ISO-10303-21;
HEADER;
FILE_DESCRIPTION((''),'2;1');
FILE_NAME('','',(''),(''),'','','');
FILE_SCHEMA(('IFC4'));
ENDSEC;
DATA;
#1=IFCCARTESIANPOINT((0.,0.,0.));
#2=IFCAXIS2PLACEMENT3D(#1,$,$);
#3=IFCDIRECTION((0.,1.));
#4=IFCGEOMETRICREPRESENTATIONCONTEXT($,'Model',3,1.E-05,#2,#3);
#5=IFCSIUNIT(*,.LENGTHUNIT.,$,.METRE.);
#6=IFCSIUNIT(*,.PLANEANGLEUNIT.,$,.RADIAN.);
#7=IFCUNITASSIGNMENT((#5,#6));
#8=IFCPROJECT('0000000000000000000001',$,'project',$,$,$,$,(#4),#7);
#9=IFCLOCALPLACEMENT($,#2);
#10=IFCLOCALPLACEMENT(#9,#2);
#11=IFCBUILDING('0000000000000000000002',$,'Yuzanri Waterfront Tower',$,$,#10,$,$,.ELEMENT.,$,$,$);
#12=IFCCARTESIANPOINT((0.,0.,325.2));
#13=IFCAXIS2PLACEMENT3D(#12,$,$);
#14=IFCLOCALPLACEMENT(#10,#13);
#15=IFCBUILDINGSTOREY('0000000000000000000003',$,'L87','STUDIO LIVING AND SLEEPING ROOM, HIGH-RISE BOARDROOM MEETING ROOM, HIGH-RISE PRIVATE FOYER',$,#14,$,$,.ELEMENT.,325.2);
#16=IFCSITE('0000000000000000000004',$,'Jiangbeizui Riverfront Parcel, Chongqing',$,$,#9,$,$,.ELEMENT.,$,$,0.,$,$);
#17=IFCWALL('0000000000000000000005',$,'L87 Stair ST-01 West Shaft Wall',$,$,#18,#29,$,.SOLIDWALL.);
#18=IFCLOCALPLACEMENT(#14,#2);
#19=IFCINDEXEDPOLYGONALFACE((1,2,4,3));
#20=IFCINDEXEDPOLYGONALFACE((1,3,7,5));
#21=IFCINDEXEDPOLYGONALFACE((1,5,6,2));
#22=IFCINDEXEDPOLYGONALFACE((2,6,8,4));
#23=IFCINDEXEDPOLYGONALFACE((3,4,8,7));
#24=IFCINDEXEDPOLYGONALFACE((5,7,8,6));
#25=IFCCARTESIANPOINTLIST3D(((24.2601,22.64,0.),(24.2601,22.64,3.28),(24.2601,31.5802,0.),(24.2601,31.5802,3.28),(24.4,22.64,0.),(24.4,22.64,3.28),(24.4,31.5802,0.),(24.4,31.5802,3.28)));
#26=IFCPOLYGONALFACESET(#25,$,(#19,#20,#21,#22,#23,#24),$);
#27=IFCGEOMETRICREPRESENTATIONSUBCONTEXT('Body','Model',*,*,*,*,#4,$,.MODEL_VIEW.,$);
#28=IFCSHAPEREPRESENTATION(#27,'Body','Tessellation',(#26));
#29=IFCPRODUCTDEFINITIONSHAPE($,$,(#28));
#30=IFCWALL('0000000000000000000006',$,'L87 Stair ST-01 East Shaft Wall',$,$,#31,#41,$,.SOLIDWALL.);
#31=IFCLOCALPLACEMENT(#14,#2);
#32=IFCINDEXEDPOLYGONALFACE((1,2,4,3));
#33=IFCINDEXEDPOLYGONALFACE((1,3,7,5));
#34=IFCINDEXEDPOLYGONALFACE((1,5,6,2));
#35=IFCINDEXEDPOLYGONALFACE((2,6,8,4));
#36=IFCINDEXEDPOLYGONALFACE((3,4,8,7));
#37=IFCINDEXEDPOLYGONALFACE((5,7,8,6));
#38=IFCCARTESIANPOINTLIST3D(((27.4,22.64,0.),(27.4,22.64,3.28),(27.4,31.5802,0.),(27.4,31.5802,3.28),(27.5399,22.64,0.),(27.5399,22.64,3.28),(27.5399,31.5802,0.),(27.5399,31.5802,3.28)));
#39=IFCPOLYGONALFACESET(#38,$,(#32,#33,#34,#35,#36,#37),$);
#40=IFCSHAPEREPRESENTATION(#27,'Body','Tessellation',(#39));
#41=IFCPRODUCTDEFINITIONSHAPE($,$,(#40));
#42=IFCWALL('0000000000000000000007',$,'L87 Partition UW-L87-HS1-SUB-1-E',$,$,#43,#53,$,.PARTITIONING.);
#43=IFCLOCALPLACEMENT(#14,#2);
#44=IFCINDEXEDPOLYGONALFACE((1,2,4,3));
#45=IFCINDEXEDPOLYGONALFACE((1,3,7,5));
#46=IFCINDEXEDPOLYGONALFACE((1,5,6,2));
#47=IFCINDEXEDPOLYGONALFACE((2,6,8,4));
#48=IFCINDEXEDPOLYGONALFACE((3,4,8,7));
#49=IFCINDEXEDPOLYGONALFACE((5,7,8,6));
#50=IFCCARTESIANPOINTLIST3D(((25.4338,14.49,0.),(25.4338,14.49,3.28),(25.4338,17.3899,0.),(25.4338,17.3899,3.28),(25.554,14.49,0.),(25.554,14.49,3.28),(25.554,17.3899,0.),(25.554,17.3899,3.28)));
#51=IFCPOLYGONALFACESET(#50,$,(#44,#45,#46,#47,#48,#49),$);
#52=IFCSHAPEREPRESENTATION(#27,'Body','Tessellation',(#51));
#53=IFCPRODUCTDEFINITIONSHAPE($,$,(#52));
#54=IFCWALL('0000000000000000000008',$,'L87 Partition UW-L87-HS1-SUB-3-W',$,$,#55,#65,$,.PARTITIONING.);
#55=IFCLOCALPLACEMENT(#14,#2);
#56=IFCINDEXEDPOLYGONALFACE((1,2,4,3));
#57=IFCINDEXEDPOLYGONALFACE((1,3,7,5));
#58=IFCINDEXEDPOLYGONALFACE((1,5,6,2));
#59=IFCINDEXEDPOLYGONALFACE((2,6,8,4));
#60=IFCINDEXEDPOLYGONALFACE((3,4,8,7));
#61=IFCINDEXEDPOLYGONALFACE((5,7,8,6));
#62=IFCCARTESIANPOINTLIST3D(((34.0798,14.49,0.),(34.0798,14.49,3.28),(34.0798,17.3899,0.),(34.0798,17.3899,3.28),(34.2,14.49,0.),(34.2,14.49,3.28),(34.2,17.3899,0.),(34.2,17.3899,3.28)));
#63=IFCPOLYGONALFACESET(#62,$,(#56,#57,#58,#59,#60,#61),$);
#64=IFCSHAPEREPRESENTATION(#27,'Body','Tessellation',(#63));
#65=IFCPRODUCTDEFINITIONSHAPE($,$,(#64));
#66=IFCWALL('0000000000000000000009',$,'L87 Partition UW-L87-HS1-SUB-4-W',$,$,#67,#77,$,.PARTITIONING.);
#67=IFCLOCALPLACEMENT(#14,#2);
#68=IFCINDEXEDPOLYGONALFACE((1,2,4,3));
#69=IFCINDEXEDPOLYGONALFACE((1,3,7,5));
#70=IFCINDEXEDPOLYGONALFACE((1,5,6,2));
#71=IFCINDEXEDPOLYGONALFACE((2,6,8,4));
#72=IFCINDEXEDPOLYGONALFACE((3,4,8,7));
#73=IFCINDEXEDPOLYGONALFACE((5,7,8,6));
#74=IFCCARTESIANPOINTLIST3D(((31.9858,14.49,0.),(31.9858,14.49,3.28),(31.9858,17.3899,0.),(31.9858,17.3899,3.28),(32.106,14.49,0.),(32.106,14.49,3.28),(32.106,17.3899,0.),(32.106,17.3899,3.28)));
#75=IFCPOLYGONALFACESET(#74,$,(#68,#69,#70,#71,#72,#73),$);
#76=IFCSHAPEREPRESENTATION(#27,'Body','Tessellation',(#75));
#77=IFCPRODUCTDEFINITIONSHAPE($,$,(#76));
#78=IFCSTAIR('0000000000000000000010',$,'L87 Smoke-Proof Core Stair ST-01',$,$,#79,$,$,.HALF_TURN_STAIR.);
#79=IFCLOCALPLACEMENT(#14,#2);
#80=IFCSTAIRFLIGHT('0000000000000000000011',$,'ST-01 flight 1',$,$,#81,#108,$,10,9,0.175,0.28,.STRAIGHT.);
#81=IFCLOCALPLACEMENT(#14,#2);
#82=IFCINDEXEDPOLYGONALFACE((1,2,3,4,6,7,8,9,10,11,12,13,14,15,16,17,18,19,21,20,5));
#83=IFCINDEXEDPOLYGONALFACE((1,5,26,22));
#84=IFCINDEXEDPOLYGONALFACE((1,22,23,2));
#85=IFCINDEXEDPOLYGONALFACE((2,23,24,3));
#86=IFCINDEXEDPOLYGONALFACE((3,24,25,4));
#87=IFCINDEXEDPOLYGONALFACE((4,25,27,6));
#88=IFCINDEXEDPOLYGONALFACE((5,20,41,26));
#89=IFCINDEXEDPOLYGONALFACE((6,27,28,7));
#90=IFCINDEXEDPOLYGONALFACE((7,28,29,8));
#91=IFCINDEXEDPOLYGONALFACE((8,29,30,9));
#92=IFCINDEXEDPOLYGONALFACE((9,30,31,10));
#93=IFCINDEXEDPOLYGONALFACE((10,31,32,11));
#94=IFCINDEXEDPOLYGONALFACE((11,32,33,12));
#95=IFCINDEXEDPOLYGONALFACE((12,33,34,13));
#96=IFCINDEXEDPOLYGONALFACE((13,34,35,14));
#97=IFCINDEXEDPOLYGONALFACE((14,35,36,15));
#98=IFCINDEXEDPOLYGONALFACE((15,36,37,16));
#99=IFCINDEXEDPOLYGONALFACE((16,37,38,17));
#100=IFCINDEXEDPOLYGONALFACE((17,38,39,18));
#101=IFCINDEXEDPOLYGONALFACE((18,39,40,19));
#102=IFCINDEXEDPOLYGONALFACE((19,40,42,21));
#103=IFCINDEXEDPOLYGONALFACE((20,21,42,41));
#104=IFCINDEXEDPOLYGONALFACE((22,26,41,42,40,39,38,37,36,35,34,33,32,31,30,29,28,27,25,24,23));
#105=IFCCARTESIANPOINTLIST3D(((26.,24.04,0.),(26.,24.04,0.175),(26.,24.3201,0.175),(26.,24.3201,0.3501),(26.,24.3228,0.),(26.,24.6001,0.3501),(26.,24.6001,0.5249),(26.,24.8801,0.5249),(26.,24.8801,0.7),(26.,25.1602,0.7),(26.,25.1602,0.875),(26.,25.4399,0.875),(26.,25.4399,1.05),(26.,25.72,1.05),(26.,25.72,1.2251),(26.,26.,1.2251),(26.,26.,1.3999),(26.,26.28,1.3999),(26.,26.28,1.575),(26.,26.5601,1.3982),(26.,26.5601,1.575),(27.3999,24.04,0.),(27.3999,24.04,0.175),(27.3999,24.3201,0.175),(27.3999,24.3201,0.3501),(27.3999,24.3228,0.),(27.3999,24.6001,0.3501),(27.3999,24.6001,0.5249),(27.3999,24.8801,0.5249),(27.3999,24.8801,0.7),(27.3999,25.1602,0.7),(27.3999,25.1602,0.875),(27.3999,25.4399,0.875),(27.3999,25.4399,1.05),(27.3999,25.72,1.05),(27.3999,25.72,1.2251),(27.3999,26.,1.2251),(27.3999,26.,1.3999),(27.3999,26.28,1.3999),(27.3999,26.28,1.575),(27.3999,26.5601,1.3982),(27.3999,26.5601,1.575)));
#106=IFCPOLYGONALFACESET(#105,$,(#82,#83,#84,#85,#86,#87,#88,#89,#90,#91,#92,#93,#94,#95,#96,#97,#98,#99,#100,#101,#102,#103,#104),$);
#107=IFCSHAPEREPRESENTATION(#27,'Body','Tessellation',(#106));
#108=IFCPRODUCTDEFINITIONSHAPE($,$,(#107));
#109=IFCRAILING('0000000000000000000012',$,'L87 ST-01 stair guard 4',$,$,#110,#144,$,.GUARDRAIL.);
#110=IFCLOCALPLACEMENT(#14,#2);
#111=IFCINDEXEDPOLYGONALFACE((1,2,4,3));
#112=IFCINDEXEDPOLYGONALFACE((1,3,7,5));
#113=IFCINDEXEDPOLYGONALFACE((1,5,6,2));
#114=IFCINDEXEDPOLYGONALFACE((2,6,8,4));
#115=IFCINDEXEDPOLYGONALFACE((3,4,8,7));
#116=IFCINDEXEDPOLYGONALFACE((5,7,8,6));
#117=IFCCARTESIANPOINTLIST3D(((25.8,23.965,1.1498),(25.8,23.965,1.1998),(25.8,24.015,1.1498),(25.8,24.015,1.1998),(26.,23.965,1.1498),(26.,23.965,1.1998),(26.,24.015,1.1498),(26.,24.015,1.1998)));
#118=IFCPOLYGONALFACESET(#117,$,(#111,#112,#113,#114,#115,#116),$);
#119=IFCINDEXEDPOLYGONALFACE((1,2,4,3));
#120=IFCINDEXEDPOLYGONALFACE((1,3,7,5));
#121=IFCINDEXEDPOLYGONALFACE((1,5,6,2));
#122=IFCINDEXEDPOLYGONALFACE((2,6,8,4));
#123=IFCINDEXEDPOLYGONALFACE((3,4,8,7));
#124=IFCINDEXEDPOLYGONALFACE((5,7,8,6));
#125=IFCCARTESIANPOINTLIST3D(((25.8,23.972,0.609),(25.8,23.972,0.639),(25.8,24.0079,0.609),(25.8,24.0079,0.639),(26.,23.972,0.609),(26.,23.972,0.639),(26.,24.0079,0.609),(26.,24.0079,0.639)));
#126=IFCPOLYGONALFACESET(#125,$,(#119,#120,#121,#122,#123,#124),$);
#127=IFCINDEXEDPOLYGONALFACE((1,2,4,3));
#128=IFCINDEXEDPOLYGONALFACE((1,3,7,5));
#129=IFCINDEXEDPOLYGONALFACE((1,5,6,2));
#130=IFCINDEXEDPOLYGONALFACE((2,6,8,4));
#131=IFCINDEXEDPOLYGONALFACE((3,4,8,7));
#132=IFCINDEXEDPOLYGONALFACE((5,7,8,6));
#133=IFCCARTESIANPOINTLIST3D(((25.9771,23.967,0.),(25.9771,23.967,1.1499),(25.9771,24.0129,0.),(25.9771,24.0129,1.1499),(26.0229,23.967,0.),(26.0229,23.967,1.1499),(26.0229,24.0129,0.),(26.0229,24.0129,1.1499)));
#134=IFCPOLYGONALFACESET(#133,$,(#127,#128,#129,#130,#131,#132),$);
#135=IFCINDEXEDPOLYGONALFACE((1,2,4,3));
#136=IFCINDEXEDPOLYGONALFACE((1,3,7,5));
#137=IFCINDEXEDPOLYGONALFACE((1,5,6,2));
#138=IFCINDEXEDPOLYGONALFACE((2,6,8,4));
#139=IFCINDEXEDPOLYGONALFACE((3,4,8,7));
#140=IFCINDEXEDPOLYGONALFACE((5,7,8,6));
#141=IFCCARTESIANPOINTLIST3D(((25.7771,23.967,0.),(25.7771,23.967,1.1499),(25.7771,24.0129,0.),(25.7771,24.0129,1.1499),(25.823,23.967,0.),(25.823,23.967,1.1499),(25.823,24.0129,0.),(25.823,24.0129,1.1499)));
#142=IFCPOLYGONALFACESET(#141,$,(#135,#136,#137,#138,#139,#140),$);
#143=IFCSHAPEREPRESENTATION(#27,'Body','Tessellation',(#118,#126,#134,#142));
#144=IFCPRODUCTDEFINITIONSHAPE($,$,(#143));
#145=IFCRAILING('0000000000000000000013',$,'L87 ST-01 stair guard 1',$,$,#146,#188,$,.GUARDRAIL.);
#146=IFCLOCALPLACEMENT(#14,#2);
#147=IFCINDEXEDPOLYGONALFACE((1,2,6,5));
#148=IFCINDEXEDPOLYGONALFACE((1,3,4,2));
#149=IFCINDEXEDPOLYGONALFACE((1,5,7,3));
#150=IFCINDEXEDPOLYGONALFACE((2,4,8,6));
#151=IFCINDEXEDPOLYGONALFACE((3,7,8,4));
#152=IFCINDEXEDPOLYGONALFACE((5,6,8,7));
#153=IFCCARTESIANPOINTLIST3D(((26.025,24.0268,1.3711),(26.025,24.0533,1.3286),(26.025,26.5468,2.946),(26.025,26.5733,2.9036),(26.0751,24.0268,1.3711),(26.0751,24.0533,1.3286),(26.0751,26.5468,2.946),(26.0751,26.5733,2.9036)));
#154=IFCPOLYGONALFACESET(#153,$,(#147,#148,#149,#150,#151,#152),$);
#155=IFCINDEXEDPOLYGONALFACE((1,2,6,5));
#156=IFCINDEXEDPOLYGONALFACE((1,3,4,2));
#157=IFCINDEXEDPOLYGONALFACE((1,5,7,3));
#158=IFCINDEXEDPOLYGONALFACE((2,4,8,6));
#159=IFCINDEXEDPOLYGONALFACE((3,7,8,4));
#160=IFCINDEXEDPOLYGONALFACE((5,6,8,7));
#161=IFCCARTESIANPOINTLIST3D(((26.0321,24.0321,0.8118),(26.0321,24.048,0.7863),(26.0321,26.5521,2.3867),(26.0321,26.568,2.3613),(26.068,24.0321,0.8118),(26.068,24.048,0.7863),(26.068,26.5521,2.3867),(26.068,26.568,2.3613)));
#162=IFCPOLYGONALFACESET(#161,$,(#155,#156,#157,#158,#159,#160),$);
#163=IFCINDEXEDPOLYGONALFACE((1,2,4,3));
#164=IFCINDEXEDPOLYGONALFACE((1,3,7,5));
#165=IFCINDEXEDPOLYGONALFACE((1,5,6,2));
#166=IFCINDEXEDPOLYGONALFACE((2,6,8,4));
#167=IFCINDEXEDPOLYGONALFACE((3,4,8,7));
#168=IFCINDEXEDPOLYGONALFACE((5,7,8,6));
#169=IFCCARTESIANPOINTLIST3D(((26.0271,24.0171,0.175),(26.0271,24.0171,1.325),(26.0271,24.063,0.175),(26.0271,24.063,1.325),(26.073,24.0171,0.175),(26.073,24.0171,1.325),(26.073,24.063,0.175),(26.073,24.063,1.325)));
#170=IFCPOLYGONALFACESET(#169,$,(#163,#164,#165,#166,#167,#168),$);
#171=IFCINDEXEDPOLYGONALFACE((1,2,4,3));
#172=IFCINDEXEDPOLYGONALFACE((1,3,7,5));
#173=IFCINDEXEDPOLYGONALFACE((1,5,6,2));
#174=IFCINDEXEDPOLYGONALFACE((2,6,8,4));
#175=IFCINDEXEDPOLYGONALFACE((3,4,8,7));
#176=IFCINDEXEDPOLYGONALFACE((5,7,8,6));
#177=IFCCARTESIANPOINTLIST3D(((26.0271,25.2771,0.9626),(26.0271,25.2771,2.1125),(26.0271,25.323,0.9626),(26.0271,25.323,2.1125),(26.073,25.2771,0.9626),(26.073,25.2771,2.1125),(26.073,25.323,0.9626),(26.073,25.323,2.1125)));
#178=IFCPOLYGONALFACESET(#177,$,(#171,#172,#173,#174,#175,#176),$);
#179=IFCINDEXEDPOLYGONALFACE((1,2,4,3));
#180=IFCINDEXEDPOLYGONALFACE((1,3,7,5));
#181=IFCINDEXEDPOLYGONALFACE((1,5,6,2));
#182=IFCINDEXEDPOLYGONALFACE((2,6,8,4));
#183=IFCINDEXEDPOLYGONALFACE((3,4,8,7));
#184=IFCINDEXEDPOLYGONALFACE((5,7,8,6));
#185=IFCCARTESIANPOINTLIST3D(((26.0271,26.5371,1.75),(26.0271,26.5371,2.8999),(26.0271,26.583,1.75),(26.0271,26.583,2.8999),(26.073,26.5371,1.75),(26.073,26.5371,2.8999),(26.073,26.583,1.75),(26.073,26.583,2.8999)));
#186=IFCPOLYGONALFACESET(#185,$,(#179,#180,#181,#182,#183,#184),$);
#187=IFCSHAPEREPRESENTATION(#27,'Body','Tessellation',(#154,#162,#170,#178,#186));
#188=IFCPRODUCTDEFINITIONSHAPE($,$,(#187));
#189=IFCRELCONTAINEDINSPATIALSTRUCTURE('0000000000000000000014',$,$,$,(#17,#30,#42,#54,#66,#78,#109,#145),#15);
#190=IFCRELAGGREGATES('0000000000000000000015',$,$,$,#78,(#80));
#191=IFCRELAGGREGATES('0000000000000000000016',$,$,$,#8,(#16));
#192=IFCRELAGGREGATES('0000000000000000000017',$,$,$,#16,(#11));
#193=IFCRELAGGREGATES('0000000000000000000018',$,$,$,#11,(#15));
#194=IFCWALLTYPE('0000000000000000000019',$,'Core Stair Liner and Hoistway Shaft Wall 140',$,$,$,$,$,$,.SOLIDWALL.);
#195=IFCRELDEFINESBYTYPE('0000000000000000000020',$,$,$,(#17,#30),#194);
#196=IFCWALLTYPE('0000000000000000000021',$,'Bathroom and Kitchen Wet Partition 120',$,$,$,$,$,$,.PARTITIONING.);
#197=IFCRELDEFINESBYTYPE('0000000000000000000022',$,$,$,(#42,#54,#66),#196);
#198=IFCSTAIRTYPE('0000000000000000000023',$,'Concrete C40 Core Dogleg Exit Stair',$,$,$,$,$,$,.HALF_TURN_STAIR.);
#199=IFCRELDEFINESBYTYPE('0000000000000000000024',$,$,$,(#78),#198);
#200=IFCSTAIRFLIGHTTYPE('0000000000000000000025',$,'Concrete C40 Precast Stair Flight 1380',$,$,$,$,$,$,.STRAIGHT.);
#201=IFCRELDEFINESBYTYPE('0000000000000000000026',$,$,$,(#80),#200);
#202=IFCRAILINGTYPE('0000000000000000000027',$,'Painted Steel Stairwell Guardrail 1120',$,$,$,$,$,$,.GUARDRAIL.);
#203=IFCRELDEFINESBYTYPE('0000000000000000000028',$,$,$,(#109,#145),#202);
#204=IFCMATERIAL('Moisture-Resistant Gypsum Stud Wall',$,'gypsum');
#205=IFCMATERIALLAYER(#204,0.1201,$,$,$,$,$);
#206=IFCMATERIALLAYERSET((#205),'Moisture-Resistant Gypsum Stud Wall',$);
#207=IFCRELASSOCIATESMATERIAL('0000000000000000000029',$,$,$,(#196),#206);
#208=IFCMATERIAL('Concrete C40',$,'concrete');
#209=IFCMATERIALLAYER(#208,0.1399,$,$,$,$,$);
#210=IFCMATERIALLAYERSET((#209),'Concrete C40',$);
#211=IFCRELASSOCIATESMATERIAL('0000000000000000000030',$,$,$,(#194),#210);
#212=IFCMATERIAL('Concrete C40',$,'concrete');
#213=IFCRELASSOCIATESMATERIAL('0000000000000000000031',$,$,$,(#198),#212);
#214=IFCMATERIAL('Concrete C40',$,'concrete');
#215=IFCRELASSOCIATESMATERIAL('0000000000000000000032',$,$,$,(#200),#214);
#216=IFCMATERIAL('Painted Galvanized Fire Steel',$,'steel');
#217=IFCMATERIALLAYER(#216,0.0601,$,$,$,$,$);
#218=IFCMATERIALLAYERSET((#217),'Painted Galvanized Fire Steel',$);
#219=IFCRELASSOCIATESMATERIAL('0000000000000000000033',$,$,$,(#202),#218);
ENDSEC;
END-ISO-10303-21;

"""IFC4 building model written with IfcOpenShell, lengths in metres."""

from ifc_helpers import new_model, si_unit, direction, frame, frame_2d, origin, origin_2d, place, context, subcontext, project, spatial, polyline, rectangle, outline, extrude, source, transform, mapped, material, layer, layer_set, type_object, element, aggregate, save


model = new_model("IFC4")

# Units and contexts
model_context = context("Model", 3, precision=1e-05, world=origin(), true_north=direction((0.0, 1.0)))
body_context = subcontext(model_context, "Body", "Model", "MODEL_VIEW")
ifc_project = project(units=[si_unit("LENGTHUNIT", "METRE"), si_unit("PLANEANGLEUNIT", "RADIAN")], contexts=[model_context])

# Site, building, storey
site_placement = place(None, origin())
site = spatial("IfcSite", under=ifc_project, at=site_placement, Name="Jiangbeizui Riverfront Parcel, Chongqing", CompositionType="ELEMENT", RefElevation=0.0)
building_placement = place(site_placement, origin())
building = spatial("IfcBuilding", under=site, at=building_placement, Name="Yuzanri Waterfront Tower", CompositionType="ELEMENT")
storey_placement = place(building_placement, frame((0.0, 0.0, 325.2)))
storey = spatial("IfcBuildingStorey", under=building, at=storey_placement, Name="L87", Description="STUDIO LIVING AND SLEEPING ROOM, HIGH-RISE BOARDROOM MEETING ROOM, HIGH-RISE PRIVATE FOYER", CompositionType="ELEMENT", Elevation=325.2)

# Shared definitions
ifc_material_1 = material(Name="Moisture-Resistant Gypsum Stud Wall", Category="gypsum")
ifc_layer_1 = layer(ifc_material_1, 0.1201)
ifc_layer_set_1 = layer_set([ifc_layer_1], Name="Moisture-Resistant Gypsum Stud Wall")
wall_type_1 = type_object("IfcWallType", Name="Bathroom and Kitchen Wet Partition 120", PredefinedType="PARTITIONING", material=ifc_layer_set_1)

# Shared definitions
ifc_material_2 = material(Name="Concrete C40", Category="concrete")
ifc_layer_2 = layer(ifc_material_2, 0.1399)
ifc_layer_set_2 = layer_set([ifc_layer_2], Name="Concrete C40")
wall_type_2 = type_object("IfcWallType", Name="Core Stair Liner and Hoistway Shaft Wall 140", PredefinedType="SOLIDWALL", material=ifc_layer_set_2)

# Walls
shared_shape_1 = source(origin(), body_context, "Body", "SweptSolid", [
    extrude(rectangle(XDim=8.9402, YDim=0.1399, at=frame_2d((4.4702, 0.0))), origin(), (0.0, 0.0, 1.0), 3.28),
])
for number, where, z_axis, x_axis, name in (
    (1, (24.3301, 22.6399, 0.0), (0.0, 0.0, 1.0), (0.0, 1.0, 0.0), "L87 Stair ST-01 West Shaft Wall"),
    (2, (27.47, 22.6399, 0.0), (0.0, 0.0, 1.0), (0.0, 1.0, 0.0), "L87 Stair ST-01 East Shaft Wall"),
):
    element("IfcWall", number, at=place(storey_placement, frame(where, z_axis=z_axis, x_axis=x_axis)), inside=storey, type_object=wall_type_2, Name=name, PredefinedType="SOLIDWALL", context=body_context, shape_type="MappedRepresentation", body=[
        mapped(shared_shape_1, transform((0.0, 0.0, 0.0), scale=1.0)),
    ])
shared_shape_2 = source(origin(), body_context, "Body", "SweptSolid", [
    extrude(rectangle(XDim=2.8999, YDim=0.1201, at=frame_2d((1.45, 0.0))), origin(), (0.0, 0.0, 1.0), 3.28),
])
for number, where, z_axis, x_axis, name in (
    (3, (25.4939, 14.49, 0.0), (0.0, 0.0, 1.0), (0.0, 1.0, 0.0), "L87 Partition UW-L87-HS1-SUB-1-E"),
    (4, (34.1399, 14.49, 0.0), (0.0, 0.0, 1.0), (0.0, 1.0, 0.0), "L87 Partition UW-L87-HS1-SUB-3-W"),
    (5, (32.0459, 14.49, 0.0), (0.0, 0.0, 1.0), (0.0, 1.0, 0.0), "L87 Partition UW-L87-HS1-SUB-4-W"),
):
    element("IfcWall", number, at=place(storey_placement, frame(where, z_axis=z_axis, x_axis=x_axis)), inside=storey, type_object=wall_type_1, Name=name, PredefinedType="PARTITIONING", context=body_context, shape_type="MappedRepresentation", body=[
        mapped(shared_shape_2, transform((0.0, 0.0, 0.0), scale=1.0)),
    ])

# Stair, stair flight
ifc_material_3 = material(Name="Concrete C40", Category="concrete")
stair_type = type_object("IfcStairType", Name="Concrete C40 Core Dogleg Exit Stair", PredefinedType="HALF_TURN_STAIR", material=ifc_material_3)
stair_placement = place(storey_placement, origin())
stair = element("IfcStair", 6, at=stair_placement, inside=storey, type_object=stair_type, Name="L87 Smoke-Proof Core Stair ST-01", PredefinedType="HALF_TURN_STAIR")
ifc_material_4 = material(Name="Concrete C40", Category="concrete")
stair_flight_type = type_object("IfcStairFlightType", Name="Concrete C40 Precast Stair Flight 1380", PredefinedType="STRAIGHT", material=ifc_material_4)
shared_shape_3 = source(origin(), body_context, "Body", "SweptSolid", [
    extrude(outline(polyline([(0.0, 0.0), (0.0, 0.175), (0.28, 0.175), (0.28, 0.3501), (0.5601, 0.3501), (0.5601, 0.5249), (0.8401, 0.5249), (0.8401, 0.7), (1.1201, 0.7), (1.1201, 0.875), (1.3999, 0.875), (1.3999, 1.05), (1.6799, 1.05), (1.6799, 1.2251), (1.96, 1.2251), (1.96, 1.3999), (2.24, 1.3999), (2.24, 1.575), (2.52, 1.575), (2.52, 1.75), (2.52, 1.3982), (0.2827, 0.0), (0.0, 0.0)])), frame((0.0, 0.7, 0.0), z_axis=(0.0, -1.0, 0.0), x_axis=(1.0, 0.0, 0.0)), (0.0, 0.0, 1.0), 1.3999),
])
stair_flight_placement = place(storey_placement, frame((26.7, 24.04, 0.0), z_axis=(0.0, 0.0, 1.0), x_axis=(0.0, 1.0, 0.0)))
stair_flight = element("IfcStairFlight", 7, at=stair_flight_placement, type_object=stair_flight_type, Name="ST-01 flight 1", NumberOfRisers=10, NumberOfTreads=9, PredefinedType="STRAIGHT", RiserHeight=0.175, TreadLength=0.28, context=body_context, shape_type="MappedRepresentation", body=[
    mapped(shared_shape_3, transform((0.0, 0.0, 0.0), scale=1.0)),
])
aggregate(stair, [stair_flight])

# Railings
ifc_material_5 = material(Name="Painted Galvanized Fire Steel", Category="steel")
ifc_layer_3 = layer(ifc_material_5, 0.0601)
ifc_layer_set_3 = layer_set([ifc_layer_3], Name="Painted Galvanized Fire Steel")
railing_type = type_object("IfcRailingType", Name="Painted Steel Stairwell Guardrail 1120", PredefinedType="GUARDRAIL", material=ifc_layer_set_3)
shared_shape_4 = source(origin(), body_context, "Body", "SweptSolid", [
    extrude(rectangle(XDim=0.05, YDim=0.05, at=origin_2d()), frame((0.0, 0.0, 1.1748), z_axis=(-1.0, 0.0, 0.0), x_axis=(0.0, -1.0, 0.0)), (0.0, 0.0, 1.0), 0.2),
    extrude(rectangle(XDim=0.0359, YDim=0.03, at=origin_2d()), frame((0.0, 0.0, 0.624), z_axis=(-1.0, 0.0, 0.0), x_axis=(0.0, -1.0, 0.0)), (0.0, 0.0, 1.0), 0.2),
    extrude(rectangle(XDim=0.0459, YDim=0.0459, at=origin_2d()), origin(), (0.0, 0.0, 1.0), 1.1499),
    extrude(rectangle(XDim=0.0459, YDim=0.0459, at=origin_2d()), frame((-0.2, 0.0, 0.0)), (0.0, 0.0, 1.0), 1.1499),
])
railing_1_placement = place(storey_placement, frame((26.0, 23.99, 0.0)))
element("IfcRailing", 8, at=railing_1_placement, inside=storey, type_object=railing_type, Name="L87 ST-01 stair guard 4", PredefinedType="GUARDRAIL", context=body_context, shape_type="MappedRepresentation", body=[
    mapped(shared_shape_4, transform((0.0, 0.0, 0.0), scale=1.0)),
])
shared_shape_5 = source(origin(), body_context, "Body", "SweptSolid", [
    extrude(rectangle(XDim=0.05, YDim=0.05, at=origin_2d()), frame((0.0, 0.0, 1.1748), z_axis=(0.0, 0.848008, 0.529984), x_axis=(-1.0, 0.0, 0.0)), (0.0, 0.0, 1.0), 2.9717),
    extrude(rectangle(XDim=0.0359, YDim=0.03, at=origin_2d()), frame((0.0, 0.0, 0.624), z_axis=(0.0, 0.848008, 0.529984), x_axis=(-1.0, 0.0, 0.0)), (0.0, 0.0, 1.0), 2.9717),
    extrude(rectangle(XDim=0.0459, YDim=0.0459, at=origin_2d()), origin(), (0.0, 0.0, 1.0), 1.1499),
    extrude(rectangle(XDim=0.0459, YDim=0.0459, at=origin_2d()), frame((0.0, 1.26, 0.7876)), (0.0, 0.0, 1.0), 1.1499),
    extrude(rectangle(XDim=0.0459, YDim=0.0459, at=origin_2d()), frame((0.0, 2.52, 1.575)), (0.0, 0.0, 1.0), 1.1499),
])
railing_2_placement = place(storey_placement, frame((26.05, 24.04, 0.175)))
element("IfcRailing", 9, at=railing_2_placement, inside=storey, type_object=railing_type, Name="L87 ST-01 stair guard 1", PredefinedType="GUARDRAIL", context=body_context, shape_type="MappedRepresentation", body=[
    mapped(shared_shape_5, transform((0.0, 0.0, 0.0), scale=1.0)),
])

save(model, "model.ifc")
